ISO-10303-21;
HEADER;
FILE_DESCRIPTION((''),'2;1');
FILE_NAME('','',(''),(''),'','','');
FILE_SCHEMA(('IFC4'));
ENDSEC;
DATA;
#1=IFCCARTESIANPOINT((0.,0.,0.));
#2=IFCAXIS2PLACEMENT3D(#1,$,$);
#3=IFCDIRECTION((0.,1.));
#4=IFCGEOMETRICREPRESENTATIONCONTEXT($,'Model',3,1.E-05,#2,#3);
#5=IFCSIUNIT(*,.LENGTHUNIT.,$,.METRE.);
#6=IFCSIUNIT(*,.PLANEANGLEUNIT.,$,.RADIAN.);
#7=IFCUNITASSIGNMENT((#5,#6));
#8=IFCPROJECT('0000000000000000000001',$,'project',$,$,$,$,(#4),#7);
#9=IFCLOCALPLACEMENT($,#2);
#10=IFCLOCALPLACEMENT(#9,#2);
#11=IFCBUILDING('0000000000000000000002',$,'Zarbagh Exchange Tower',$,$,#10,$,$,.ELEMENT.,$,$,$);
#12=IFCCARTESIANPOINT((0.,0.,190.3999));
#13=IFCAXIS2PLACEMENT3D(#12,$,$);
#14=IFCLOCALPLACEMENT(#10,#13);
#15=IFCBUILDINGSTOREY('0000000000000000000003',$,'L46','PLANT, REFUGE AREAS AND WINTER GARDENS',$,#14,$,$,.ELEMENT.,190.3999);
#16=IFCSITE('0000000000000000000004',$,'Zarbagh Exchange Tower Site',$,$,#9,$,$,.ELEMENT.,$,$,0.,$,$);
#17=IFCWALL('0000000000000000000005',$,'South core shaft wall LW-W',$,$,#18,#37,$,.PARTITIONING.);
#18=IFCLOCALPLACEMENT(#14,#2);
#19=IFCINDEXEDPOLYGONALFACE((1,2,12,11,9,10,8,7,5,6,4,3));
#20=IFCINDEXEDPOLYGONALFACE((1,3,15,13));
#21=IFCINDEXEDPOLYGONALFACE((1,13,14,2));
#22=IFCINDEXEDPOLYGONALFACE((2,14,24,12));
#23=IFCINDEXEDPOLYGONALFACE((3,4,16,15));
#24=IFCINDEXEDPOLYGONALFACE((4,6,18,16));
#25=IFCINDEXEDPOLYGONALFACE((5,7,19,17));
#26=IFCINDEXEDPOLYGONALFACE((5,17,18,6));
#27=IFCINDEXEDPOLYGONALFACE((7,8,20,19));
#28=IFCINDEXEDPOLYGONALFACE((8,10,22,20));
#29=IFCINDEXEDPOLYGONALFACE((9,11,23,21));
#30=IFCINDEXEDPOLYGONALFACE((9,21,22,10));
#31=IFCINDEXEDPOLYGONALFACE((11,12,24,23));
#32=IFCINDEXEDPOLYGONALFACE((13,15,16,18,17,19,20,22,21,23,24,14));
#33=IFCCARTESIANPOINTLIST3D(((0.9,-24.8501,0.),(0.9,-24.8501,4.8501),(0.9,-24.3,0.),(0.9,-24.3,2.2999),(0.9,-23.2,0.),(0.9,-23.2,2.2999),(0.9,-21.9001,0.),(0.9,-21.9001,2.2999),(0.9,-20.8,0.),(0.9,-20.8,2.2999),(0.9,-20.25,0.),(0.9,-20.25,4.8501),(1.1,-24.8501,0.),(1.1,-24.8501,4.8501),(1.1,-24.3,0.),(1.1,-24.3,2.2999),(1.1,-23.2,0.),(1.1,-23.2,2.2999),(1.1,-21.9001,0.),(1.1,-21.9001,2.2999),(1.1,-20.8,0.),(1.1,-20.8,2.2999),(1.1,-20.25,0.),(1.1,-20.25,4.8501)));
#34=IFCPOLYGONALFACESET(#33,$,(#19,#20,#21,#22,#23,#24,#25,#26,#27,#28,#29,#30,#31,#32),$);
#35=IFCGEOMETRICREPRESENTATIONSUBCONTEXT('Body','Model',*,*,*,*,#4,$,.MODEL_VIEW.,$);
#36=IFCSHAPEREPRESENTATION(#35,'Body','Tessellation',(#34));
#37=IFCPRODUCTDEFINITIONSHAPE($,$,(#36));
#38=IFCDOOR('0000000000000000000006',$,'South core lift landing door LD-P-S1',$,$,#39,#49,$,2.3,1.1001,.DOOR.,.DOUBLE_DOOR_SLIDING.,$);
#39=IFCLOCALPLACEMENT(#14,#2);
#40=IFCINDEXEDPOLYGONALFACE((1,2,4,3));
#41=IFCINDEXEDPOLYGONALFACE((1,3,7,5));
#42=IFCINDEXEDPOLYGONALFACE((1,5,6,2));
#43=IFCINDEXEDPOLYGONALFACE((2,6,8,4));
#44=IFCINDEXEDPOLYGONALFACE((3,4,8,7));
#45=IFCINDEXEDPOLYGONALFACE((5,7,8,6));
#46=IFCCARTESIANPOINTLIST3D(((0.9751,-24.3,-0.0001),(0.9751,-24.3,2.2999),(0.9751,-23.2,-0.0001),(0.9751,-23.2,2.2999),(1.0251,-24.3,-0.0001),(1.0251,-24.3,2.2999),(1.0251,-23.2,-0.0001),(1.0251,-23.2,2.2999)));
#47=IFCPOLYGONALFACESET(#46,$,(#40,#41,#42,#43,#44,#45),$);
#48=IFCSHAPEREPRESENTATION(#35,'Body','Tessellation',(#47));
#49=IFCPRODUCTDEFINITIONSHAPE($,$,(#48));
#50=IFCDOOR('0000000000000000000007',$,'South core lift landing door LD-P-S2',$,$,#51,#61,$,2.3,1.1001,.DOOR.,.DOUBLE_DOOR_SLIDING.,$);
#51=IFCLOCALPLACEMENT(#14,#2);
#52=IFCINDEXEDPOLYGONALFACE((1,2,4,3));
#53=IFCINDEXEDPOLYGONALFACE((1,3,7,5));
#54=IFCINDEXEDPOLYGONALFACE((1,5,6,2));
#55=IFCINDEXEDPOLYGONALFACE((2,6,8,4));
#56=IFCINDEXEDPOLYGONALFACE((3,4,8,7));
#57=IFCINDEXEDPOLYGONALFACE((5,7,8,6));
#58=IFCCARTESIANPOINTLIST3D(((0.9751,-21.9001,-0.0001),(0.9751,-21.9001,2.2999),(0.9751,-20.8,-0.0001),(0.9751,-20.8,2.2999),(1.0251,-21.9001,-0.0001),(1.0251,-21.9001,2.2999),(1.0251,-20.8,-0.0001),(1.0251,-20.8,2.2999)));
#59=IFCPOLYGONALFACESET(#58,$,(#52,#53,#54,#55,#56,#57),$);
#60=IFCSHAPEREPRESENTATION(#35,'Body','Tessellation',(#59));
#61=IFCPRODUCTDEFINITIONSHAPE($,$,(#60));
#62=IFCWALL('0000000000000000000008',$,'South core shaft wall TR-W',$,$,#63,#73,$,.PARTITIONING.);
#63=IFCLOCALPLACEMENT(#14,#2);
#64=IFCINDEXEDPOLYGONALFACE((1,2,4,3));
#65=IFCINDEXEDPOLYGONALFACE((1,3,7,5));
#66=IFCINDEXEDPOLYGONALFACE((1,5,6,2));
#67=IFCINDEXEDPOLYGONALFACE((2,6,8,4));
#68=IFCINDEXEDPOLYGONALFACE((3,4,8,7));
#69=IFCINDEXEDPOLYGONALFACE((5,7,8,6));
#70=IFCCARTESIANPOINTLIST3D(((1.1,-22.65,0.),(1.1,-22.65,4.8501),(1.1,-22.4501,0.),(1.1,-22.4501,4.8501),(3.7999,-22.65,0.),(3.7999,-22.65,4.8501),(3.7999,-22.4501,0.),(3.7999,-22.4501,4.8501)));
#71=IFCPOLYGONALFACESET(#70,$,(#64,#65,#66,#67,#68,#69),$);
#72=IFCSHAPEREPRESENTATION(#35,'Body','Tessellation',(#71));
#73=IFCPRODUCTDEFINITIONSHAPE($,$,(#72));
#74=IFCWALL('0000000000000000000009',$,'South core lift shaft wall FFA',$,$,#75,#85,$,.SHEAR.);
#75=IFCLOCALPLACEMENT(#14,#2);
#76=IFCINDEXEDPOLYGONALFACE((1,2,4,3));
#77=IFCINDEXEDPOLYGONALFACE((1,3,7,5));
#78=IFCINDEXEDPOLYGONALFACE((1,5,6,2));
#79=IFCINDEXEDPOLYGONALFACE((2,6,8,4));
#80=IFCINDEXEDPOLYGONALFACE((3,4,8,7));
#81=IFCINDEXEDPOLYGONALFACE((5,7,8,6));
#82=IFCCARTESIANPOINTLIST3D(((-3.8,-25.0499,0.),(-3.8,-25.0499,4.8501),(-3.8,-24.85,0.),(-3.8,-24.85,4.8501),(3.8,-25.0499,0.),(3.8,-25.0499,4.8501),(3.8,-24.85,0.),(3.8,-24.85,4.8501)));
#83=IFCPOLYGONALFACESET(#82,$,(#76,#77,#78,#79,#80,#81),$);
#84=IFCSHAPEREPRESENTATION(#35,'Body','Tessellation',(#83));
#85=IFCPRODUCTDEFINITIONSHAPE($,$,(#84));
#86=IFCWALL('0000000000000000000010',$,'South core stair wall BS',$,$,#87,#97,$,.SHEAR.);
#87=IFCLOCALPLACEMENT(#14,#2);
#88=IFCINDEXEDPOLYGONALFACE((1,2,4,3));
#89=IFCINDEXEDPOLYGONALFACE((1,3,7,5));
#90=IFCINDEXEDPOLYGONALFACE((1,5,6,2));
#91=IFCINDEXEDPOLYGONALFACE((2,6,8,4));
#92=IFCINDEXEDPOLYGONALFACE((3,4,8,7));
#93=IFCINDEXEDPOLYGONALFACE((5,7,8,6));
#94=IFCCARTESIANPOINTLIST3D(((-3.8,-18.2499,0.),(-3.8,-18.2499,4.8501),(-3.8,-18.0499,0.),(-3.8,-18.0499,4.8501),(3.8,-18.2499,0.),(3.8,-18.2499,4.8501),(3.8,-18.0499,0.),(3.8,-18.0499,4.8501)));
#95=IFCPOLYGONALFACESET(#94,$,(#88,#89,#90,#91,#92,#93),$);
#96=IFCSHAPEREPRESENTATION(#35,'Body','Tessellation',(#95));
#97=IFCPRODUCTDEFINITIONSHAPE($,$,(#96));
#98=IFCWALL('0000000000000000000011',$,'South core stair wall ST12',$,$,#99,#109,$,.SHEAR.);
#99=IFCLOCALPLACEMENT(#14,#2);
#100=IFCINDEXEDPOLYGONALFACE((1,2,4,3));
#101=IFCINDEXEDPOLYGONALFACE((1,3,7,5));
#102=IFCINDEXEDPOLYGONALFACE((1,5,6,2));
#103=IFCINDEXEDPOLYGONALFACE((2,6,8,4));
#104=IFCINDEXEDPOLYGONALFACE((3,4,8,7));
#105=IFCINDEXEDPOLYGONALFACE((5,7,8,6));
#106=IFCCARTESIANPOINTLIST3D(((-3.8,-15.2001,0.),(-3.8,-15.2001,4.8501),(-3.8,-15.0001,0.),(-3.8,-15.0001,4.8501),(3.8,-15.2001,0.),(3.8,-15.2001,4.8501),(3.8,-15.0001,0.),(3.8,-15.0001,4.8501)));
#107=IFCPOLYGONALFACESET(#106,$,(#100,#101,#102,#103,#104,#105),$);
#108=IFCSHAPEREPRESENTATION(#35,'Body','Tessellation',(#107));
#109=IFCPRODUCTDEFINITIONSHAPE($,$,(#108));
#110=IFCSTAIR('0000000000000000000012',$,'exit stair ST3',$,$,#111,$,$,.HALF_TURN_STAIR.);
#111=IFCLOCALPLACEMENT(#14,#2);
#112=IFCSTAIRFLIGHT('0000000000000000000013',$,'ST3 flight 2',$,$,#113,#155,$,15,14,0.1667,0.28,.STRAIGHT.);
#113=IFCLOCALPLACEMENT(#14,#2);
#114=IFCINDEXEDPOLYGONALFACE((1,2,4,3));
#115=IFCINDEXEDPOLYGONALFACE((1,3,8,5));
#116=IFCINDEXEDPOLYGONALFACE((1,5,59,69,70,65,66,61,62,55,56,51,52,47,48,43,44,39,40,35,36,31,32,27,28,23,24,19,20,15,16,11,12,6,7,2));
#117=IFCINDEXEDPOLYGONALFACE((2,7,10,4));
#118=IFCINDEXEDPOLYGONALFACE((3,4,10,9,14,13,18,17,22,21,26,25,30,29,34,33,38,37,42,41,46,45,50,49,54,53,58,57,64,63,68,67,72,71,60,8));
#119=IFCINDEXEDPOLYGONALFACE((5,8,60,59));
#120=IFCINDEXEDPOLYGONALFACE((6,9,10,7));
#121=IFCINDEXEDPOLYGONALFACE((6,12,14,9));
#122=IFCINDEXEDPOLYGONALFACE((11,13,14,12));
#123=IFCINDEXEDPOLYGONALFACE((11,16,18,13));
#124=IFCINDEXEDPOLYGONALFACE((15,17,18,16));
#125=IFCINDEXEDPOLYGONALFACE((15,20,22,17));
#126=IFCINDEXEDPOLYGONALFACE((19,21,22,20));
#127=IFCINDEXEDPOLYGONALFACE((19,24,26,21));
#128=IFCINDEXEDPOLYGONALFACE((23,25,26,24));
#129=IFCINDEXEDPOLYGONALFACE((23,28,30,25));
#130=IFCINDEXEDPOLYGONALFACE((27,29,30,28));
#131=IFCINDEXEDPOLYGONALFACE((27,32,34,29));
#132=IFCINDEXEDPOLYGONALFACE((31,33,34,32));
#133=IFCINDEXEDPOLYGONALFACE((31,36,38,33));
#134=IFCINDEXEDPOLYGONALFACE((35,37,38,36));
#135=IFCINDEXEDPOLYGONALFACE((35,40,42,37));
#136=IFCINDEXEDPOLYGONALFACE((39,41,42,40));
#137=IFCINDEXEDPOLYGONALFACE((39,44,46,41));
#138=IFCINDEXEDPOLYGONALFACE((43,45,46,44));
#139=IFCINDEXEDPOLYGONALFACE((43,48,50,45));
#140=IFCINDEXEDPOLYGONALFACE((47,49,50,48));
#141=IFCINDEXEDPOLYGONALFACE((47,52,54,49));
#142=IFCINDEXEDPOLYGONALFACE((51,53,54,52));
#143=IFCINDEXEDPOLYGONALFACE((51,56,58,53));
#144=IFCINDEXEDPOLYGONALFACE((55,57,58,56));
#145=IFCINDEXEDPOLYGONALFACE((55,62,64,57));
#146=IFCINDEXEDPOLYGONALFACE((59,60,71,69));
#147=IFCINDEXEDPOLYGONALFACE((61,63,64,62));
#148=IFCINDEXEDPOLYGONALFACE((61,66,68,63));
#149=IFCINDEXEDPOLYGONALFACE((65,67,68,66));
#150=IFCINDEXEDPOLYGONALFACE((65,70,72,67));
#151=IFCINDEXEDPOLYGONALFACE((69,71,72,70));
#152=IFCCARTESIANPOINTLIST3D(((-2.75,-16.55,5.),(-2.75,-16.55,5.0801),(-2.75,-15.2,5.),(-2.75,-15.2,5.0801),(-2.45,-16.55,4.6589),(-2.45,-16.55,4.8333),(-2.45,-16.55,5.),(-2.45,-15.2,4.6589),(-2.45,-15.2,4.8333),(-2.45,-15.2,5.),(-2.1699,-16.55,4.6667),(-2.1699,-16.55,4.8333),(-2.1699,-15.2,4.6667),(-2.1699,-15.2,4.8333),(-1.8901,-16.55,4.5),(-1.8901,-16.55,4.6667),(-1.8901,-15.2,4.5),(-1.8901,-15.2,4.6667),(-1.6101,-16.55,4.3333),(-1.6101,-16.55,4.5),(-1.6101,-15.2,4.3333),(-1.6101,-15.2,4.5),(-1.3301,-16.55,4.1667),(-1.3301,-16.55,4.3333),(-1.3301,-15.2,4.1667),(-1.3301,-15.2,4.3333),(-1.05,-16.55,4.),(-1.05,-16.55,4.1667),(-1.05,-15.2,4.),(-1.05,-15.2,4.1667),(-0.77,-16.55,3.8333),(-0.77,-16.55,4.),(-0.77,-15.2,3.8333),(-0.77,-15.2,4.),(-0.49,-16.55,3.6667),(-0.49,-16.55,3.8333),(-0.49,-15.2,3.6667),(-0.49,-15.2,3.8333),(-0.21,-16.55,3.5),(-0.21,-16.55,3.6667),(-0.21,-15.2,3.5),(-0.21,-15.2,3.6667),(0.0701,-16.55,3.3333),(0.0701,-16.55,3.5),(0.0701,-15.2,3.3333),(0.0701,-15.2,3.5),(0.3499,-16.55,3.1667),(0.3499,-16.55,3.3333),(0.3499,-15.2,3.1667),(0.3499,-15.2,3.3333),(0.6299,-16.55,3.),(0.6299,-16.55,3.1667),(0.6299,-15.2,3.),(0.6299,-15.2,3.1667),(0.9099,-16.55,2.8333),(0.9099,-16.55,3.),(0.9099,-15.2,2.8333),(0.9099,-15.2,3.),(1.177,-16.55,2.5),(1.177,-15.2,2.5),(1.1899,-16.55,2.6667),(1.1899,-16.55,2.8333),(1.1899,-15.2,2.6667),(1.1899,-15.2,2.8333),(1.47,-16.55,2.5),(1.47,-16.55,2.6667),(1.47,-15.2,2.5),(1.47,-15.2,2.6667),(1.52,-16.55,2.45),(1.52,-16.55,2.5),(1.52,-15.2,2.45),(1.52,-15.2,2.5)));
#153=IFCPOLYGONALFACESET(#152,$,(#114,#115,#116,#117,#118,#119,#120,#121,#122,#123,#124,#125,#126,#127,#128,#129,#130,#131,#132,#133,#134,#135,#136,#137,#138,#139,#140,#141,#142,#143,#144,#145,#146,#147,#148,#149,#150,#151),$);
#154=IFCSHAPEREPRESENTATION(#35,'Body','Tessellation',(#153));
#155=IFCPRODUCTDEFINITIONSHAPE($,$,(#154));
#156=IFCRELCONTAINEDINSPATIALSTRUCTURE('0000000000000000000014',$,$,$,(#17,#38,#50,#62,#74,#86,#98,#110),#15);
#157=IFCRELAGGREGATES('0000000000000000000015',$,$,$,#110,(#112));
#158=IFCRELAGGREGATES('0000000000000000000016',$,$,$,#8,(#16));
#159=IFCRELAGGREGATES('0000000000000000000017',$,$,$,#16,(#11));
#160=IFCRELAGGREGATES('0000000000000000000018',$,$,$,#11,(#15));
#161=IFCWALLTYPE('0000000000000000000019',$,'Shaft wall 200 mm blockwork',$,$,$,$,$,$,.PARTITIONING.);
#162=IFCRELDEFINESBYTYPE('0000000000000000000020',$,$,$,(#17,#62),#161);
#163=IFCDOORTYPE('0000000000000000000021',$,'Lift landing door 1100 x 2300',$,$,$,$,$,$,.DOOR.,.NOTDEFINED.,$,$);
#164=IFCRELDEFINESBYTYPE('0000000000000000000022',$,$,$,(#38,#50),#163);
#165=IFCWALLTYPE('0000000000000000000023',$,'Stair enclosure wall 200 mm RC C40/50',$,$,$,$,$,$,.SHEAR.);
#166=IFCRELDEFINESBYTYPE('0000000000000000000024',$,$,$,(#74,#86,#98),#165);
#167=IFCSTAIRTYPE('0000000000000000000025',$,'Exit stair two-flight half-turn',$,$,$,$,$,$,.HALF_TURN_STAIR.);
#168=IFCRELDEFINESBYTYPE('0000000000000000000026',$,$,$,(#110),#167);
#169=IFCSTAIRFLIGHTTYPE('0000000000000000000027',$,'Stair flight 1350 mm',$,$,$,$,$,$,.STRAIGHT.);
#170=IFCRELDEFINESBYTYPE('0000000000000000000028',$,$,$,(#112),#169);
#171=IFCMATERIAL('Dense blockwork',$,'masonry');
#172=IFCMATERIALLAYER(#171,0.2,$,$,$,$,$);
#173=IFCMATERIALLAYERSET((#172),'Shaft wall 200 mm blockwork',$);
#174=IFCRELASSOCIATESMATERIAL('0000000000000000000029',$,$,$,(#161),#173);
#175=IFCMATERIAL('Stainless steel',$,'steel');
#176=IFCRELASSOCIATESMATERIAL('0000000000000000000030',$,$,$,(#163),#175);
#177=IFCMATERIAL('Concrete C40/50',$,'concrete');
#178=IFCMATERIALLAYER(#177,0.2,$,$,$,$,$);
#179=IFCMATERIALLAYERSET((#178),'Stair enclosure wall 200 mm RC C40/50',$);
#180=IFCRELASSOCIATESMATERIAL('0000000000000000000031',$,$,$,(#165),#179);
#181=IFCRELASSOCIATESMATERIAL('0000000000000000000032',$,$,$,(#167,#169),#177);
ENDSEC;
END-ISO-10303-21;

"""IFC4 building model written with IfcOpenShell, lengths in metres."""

from ifc_helpers import new_model, si_unit, direction, frame, frame_2d, origin, place, context, subcontext, project, spatial, polyline, rectangle, outline, extrude, material, layer, layer_set, type_object, element, fill, aggregate, save


model = new_model("IFC4")

# Units and contexts
model_context = context("Model", 3, precision=1e-05, world=origin(), true_north=direction((0.0, 1.0)))
body_context = subcontext(model_context, "Body", "Model", "MODEL_VIEW")
ifc_project = project(units=[si_unit("LENGTHUNIT", "METRE"), si_unit("PLANEANGLEUNIT", "RADIAN")], contexts=[model_context])

# Site, building, storey
site_placement = place(None, origin())
site = spatial("IfcSite", under=ifc_project, at=site_placement, Name="Zarbagh Exchange Tower Site", CompositionType="ELEMENT", RefElevation=0.0)
building_placement = place(site_placement, origin())
building = spatial("IfcBuilding", under=site, at=building_placement, Name="Zarbagh Exchange Tower", CompositionType="ELEMENT")
storey_placement = place(building_placement, frame((0.0, 0.0, 190.3999)))
storey = spatial("IfcBuildingStorey", under=building, at=storey_placement, Name="L46", Description="PLANT, REFUGE AREAS AND WINTER GARDENS", CompositionType="ELEMENT", Elevation=190.3999)

# Shared definitions
ifc_material_1 = material(Name="Dense blockwork", Category="masonry")
ifc_layer_1 = layer(ifc_material_1, 0.2)
ifc_layer_set_1 = layer_set([ifc_layer_1], Name="Shaft wall 200 mm blockwork")
wall_type_1 = type_object("IfcWallType", Name="Shaft wall 200 mm blockwork", PredefinedType="PARTITIONING", material=ifc_layer_set_1)

# Wall, openings, doors
wall_1_placement = place(storey_placement, frame((1.0, -24.8501, 0.0), z_axis=(0.0, 0.0, 1.0), x_axis=(0.0, 1.0, 0.0)))
wall_1 = element("IfcWall", 1, at=wall_1_placement, inside=storey, type_object=wall_type_1, Name="South core shaft wall LW-W", PredefinedType="PARTITIONING", context=body_context, shape_type="SweptSolid", body=[
    extrude(rectangle(XDim=4.6001, YDim=0.2, at=frame_2d((2.3, 0.0))), origin(), (0.0, 0.0, 1.0), 4.8501),
])
opening_1_placement = place(wall_1_placement, frame((0.55, 0.0, 0.0)))
opening_1 = element("IfcOpeningElement", 2, at=opening_1_placement, cuts=wall_1, PredefinedType="OPENING", context=body_context, shape_type="SweptSolid", body=[
    extrude(rectangle(XDim=1.1001, YDim=2.3, at=frame_2d((0.55, 1.1499))), frame((0.0, 0.1099, 0.0), z_axis=(0.0, -1.0, 0.0), x_axis=(1.0, 0.0, 0.0)), (0.0, 0.0, 1.0), 0.22),
])
opening_2_placement = place(wall_1_placement, frame((2.95, 0.0, 0.0)))
opening_2 = element("IfcOpeningElement", 3, at=opening_2_placement, cuts=wall_1, PredefinedType="OPENING", context=body_context, shape_type="SweptSolid", body=[
    extrude(rectangle(XDim=1.1001, YDim=2.3, at=frame_2d((0.55, 1.1499))), frame((0.0, 0.1099, 0.0), z_axis=(0.0, -1.0, 0.0), x_axis=(1.0, 0.0, 0.0)), (0.0, 0.0, 1.0), 0.22),
])
ifc_material_2 = material(Name="Stainless steel", Category="steel")
door_type_1 = type_object("IfcDoorType", Name="Lift landing door 1100 x 2300", OperationType="NOTDEFINED", PredefinedType="DOOR", material=ifc_material_2)
door_1_placement = place(opening_1_placement, origin())
door_1 = element("IfcDoor", 4, at=door_1_placement, inside=storey, type_object=door_type_1, Name="South core lift landing door LD-P-S1", OperationType="DOUBLE_DOOR_SLIDING", OverallHeight=2.3, OverallWidth=1.1001, PredefinedType="DOOR", context=body_context, shape_type="SweptSolid", body=[
    extrude(rectangle(XDim=1.1001, YDim=2.3, at=frame_2d((0.55, 1.1499))), frame((0.0, 0.0249, 0.0), z_axis=(0.0, -1.0, 0.0), x_axis=(1.0, 0.0, 0.0)), (0.0, 0.0, 1.0), 0.05),
])
fill(opening_1, door_1)
door_2_placement = place(opening_2_placement, origin())
door_2 = element("IfcDoor", 5, at=door_2_placement, inside=storey, type_object=door_type_1, Name="South core lift landing door LD-P-S2", OperationType="DOUBLE_DOOR_SLIDING", OverallHeight=2.3, OverallWidth=1.1001, PredefinedType="DOOR", context=body_context, shape_type="SweptSolid", body=[
    extrude(rectangle(XDim=1.1001, YDim=2.3, at=frame_2d((0.55, 1.1499))), frame((0.0, 0.0249, 0.0), z_axis=(0.0, -1.0, 0.0), x_axis=(1.0, 0.0, 0.0)), (0.0, 0.0, 1.0), 0.05),
])
fill(opening_2, door_2)

# Walls
wall_2_placement = place(storey_placement, frame((3.8, -22.55, 0.0), z_axis=(0.0, 0.0, 1.0), x_axis=(-1.0, 0.0, 0.0)))
element("IfcWall", 6, at=wall_2_placement, inside=storey, type_object=wall_type_1, Name="South core shaft wall TR-W", PredefinedType="PARTITIONING", context=body_context, shape_type="SweptSolid", body=[
    extrude(rectangle(XDim=2.7, YDim=0.2, at=frame_2d((1.3501, 0.0))), origin(), (0.0, 0.0, 1.0), 4.8501),
])
ifc_material_3 = material(Name="Concrete C40/50", Category="concrete")
ifc_layer_2 = layer(ifc_material_3, 0.2)
ifc_layer_set_2 = layer_set([ifc_layer_2], Name="Stair enclosure wall 200 mm RC C40/50")
wall_type_2 = type_object("IfcWallType", Name="Stair enclosure wall 200 mm RC C40/50", PredefinedType="SHEAR", material=ifc_layer_set_2)
for number, where, z_axis, x_axis, name in (
    (7, (3.8, -24.95, 0.0), (0.0, 0.0, 1.0), (-1.0, 0.0, 0.0), "South core lift shaft wall FFA"),
    (8, (3.8, -18.1499, 0.0), (0.0, 0.0, 1.0), (-1.0, 0.0, 0.0), "South core stair wall BS"),
    (9, (3.8, -15.1001, 0.0), (0.0, 0.0, 1.0), (-1.0, 0.0, 0.0), "South core stair wall ST12"),
):
    element("IfcWall", number, at=place(storey_placement, frame(where, z_axis=z_axis, x_axis=x_axis)), inside=storey, type_object=wall_type_2, Name=name, PredefinedType="SHEAR", context=body_context, shape_type="SweptSolid", body=[
        extrude(rectangle(XDim=7.6001, YDim=0.2, at=frame_2d((3.8, 0.0))), origin(), (0.0, 0.0, 1.0), 4.8501),
    ])

# Stair, stair flight
stair_type = type_object("IfcStairType", Name="Exit stair two-flight half-turn", PredefinedType="HALF_TURN_STAIR", material=ifc_material_3)
stair_1_placement = place(storey_placement, origin())
stair_1 = element("IfcStair", 10, at=stair_1_placement, inside=storey, type_object=stair_type, Name="exit stair ST3", PredefinedType="HALF_TURN_STAIR")
stair_flight_type_1 = type_object("IfcStairFlightType", Name="Stair flight 1350 mm", PredefinedType="STRAIGHT", material=ifc_material_3)
stair_flight_1_placement = place(storey_placement, frame((1.47, -15.875, 2.5), z_axis=(0.0, 0.0, 1.0), x_axis=(-1.0, 0.0, 0.0)))
stair_flight_1 = element("IfcStairFlight", 11, at=stair_flight_1_placement, type_object=stair_flight_type_1, Name="ST3 flight 2", NumberOfRisers=15, NumberOfTreads=14, PredefinedType="STRAIGHT", RiserHeight=0.1667, TreadLength=0.28, context=body_context, shape_type="SweptSolid", body=[
    extrude(outline(polyline([(-0.05, -0.05), (-0.05, 0.0), (0.0, 0.0), (0.0, 0.1667), (0.28, 0.1667), (0.28, 0.3333), (0.5601, 0.3333), (0.5601, 0.5), (0.8401, 0.5), (0.8401, 0.6667), (1.1201, 0.6667), (1.1201, 0.8333), (1.3999, 0.8333), (1.3999, 1.0), (1.6799, 1.0), (1.6799, 1.1667), (1.96, 1.1667), (1.96, 1.3333), (2.24, 1.3333), (2.24, 1.5), (2.52, 1.5), (2.52, 1.6667), (2.8, 1.6667), (2.8, 1.8333), (3.0801, 1.8333), (3.0801, 2.0), (3.3601, 2.0), (3.3601, 2.1667), (3.6399, 2.1667), (3.6399, 2.3333), (3.9199, 2.3333), (3.9199, 2.5), (4.22, 2.5801), (4.22, 2.5), (3.9199, 2.1589), (0.293, 0.0), (-0.05, -0.05)])), frame((0.0, 0.675, 0.0), z_axis=(0.0, -1.0, 0.0), x_axis=(1.0, 0.0, 0.0)), (0.0, 0.0, 1.0), 1.3501),
])
aggregate(stair_1, [stair_flight_1])

save(model, "model.ifc")
